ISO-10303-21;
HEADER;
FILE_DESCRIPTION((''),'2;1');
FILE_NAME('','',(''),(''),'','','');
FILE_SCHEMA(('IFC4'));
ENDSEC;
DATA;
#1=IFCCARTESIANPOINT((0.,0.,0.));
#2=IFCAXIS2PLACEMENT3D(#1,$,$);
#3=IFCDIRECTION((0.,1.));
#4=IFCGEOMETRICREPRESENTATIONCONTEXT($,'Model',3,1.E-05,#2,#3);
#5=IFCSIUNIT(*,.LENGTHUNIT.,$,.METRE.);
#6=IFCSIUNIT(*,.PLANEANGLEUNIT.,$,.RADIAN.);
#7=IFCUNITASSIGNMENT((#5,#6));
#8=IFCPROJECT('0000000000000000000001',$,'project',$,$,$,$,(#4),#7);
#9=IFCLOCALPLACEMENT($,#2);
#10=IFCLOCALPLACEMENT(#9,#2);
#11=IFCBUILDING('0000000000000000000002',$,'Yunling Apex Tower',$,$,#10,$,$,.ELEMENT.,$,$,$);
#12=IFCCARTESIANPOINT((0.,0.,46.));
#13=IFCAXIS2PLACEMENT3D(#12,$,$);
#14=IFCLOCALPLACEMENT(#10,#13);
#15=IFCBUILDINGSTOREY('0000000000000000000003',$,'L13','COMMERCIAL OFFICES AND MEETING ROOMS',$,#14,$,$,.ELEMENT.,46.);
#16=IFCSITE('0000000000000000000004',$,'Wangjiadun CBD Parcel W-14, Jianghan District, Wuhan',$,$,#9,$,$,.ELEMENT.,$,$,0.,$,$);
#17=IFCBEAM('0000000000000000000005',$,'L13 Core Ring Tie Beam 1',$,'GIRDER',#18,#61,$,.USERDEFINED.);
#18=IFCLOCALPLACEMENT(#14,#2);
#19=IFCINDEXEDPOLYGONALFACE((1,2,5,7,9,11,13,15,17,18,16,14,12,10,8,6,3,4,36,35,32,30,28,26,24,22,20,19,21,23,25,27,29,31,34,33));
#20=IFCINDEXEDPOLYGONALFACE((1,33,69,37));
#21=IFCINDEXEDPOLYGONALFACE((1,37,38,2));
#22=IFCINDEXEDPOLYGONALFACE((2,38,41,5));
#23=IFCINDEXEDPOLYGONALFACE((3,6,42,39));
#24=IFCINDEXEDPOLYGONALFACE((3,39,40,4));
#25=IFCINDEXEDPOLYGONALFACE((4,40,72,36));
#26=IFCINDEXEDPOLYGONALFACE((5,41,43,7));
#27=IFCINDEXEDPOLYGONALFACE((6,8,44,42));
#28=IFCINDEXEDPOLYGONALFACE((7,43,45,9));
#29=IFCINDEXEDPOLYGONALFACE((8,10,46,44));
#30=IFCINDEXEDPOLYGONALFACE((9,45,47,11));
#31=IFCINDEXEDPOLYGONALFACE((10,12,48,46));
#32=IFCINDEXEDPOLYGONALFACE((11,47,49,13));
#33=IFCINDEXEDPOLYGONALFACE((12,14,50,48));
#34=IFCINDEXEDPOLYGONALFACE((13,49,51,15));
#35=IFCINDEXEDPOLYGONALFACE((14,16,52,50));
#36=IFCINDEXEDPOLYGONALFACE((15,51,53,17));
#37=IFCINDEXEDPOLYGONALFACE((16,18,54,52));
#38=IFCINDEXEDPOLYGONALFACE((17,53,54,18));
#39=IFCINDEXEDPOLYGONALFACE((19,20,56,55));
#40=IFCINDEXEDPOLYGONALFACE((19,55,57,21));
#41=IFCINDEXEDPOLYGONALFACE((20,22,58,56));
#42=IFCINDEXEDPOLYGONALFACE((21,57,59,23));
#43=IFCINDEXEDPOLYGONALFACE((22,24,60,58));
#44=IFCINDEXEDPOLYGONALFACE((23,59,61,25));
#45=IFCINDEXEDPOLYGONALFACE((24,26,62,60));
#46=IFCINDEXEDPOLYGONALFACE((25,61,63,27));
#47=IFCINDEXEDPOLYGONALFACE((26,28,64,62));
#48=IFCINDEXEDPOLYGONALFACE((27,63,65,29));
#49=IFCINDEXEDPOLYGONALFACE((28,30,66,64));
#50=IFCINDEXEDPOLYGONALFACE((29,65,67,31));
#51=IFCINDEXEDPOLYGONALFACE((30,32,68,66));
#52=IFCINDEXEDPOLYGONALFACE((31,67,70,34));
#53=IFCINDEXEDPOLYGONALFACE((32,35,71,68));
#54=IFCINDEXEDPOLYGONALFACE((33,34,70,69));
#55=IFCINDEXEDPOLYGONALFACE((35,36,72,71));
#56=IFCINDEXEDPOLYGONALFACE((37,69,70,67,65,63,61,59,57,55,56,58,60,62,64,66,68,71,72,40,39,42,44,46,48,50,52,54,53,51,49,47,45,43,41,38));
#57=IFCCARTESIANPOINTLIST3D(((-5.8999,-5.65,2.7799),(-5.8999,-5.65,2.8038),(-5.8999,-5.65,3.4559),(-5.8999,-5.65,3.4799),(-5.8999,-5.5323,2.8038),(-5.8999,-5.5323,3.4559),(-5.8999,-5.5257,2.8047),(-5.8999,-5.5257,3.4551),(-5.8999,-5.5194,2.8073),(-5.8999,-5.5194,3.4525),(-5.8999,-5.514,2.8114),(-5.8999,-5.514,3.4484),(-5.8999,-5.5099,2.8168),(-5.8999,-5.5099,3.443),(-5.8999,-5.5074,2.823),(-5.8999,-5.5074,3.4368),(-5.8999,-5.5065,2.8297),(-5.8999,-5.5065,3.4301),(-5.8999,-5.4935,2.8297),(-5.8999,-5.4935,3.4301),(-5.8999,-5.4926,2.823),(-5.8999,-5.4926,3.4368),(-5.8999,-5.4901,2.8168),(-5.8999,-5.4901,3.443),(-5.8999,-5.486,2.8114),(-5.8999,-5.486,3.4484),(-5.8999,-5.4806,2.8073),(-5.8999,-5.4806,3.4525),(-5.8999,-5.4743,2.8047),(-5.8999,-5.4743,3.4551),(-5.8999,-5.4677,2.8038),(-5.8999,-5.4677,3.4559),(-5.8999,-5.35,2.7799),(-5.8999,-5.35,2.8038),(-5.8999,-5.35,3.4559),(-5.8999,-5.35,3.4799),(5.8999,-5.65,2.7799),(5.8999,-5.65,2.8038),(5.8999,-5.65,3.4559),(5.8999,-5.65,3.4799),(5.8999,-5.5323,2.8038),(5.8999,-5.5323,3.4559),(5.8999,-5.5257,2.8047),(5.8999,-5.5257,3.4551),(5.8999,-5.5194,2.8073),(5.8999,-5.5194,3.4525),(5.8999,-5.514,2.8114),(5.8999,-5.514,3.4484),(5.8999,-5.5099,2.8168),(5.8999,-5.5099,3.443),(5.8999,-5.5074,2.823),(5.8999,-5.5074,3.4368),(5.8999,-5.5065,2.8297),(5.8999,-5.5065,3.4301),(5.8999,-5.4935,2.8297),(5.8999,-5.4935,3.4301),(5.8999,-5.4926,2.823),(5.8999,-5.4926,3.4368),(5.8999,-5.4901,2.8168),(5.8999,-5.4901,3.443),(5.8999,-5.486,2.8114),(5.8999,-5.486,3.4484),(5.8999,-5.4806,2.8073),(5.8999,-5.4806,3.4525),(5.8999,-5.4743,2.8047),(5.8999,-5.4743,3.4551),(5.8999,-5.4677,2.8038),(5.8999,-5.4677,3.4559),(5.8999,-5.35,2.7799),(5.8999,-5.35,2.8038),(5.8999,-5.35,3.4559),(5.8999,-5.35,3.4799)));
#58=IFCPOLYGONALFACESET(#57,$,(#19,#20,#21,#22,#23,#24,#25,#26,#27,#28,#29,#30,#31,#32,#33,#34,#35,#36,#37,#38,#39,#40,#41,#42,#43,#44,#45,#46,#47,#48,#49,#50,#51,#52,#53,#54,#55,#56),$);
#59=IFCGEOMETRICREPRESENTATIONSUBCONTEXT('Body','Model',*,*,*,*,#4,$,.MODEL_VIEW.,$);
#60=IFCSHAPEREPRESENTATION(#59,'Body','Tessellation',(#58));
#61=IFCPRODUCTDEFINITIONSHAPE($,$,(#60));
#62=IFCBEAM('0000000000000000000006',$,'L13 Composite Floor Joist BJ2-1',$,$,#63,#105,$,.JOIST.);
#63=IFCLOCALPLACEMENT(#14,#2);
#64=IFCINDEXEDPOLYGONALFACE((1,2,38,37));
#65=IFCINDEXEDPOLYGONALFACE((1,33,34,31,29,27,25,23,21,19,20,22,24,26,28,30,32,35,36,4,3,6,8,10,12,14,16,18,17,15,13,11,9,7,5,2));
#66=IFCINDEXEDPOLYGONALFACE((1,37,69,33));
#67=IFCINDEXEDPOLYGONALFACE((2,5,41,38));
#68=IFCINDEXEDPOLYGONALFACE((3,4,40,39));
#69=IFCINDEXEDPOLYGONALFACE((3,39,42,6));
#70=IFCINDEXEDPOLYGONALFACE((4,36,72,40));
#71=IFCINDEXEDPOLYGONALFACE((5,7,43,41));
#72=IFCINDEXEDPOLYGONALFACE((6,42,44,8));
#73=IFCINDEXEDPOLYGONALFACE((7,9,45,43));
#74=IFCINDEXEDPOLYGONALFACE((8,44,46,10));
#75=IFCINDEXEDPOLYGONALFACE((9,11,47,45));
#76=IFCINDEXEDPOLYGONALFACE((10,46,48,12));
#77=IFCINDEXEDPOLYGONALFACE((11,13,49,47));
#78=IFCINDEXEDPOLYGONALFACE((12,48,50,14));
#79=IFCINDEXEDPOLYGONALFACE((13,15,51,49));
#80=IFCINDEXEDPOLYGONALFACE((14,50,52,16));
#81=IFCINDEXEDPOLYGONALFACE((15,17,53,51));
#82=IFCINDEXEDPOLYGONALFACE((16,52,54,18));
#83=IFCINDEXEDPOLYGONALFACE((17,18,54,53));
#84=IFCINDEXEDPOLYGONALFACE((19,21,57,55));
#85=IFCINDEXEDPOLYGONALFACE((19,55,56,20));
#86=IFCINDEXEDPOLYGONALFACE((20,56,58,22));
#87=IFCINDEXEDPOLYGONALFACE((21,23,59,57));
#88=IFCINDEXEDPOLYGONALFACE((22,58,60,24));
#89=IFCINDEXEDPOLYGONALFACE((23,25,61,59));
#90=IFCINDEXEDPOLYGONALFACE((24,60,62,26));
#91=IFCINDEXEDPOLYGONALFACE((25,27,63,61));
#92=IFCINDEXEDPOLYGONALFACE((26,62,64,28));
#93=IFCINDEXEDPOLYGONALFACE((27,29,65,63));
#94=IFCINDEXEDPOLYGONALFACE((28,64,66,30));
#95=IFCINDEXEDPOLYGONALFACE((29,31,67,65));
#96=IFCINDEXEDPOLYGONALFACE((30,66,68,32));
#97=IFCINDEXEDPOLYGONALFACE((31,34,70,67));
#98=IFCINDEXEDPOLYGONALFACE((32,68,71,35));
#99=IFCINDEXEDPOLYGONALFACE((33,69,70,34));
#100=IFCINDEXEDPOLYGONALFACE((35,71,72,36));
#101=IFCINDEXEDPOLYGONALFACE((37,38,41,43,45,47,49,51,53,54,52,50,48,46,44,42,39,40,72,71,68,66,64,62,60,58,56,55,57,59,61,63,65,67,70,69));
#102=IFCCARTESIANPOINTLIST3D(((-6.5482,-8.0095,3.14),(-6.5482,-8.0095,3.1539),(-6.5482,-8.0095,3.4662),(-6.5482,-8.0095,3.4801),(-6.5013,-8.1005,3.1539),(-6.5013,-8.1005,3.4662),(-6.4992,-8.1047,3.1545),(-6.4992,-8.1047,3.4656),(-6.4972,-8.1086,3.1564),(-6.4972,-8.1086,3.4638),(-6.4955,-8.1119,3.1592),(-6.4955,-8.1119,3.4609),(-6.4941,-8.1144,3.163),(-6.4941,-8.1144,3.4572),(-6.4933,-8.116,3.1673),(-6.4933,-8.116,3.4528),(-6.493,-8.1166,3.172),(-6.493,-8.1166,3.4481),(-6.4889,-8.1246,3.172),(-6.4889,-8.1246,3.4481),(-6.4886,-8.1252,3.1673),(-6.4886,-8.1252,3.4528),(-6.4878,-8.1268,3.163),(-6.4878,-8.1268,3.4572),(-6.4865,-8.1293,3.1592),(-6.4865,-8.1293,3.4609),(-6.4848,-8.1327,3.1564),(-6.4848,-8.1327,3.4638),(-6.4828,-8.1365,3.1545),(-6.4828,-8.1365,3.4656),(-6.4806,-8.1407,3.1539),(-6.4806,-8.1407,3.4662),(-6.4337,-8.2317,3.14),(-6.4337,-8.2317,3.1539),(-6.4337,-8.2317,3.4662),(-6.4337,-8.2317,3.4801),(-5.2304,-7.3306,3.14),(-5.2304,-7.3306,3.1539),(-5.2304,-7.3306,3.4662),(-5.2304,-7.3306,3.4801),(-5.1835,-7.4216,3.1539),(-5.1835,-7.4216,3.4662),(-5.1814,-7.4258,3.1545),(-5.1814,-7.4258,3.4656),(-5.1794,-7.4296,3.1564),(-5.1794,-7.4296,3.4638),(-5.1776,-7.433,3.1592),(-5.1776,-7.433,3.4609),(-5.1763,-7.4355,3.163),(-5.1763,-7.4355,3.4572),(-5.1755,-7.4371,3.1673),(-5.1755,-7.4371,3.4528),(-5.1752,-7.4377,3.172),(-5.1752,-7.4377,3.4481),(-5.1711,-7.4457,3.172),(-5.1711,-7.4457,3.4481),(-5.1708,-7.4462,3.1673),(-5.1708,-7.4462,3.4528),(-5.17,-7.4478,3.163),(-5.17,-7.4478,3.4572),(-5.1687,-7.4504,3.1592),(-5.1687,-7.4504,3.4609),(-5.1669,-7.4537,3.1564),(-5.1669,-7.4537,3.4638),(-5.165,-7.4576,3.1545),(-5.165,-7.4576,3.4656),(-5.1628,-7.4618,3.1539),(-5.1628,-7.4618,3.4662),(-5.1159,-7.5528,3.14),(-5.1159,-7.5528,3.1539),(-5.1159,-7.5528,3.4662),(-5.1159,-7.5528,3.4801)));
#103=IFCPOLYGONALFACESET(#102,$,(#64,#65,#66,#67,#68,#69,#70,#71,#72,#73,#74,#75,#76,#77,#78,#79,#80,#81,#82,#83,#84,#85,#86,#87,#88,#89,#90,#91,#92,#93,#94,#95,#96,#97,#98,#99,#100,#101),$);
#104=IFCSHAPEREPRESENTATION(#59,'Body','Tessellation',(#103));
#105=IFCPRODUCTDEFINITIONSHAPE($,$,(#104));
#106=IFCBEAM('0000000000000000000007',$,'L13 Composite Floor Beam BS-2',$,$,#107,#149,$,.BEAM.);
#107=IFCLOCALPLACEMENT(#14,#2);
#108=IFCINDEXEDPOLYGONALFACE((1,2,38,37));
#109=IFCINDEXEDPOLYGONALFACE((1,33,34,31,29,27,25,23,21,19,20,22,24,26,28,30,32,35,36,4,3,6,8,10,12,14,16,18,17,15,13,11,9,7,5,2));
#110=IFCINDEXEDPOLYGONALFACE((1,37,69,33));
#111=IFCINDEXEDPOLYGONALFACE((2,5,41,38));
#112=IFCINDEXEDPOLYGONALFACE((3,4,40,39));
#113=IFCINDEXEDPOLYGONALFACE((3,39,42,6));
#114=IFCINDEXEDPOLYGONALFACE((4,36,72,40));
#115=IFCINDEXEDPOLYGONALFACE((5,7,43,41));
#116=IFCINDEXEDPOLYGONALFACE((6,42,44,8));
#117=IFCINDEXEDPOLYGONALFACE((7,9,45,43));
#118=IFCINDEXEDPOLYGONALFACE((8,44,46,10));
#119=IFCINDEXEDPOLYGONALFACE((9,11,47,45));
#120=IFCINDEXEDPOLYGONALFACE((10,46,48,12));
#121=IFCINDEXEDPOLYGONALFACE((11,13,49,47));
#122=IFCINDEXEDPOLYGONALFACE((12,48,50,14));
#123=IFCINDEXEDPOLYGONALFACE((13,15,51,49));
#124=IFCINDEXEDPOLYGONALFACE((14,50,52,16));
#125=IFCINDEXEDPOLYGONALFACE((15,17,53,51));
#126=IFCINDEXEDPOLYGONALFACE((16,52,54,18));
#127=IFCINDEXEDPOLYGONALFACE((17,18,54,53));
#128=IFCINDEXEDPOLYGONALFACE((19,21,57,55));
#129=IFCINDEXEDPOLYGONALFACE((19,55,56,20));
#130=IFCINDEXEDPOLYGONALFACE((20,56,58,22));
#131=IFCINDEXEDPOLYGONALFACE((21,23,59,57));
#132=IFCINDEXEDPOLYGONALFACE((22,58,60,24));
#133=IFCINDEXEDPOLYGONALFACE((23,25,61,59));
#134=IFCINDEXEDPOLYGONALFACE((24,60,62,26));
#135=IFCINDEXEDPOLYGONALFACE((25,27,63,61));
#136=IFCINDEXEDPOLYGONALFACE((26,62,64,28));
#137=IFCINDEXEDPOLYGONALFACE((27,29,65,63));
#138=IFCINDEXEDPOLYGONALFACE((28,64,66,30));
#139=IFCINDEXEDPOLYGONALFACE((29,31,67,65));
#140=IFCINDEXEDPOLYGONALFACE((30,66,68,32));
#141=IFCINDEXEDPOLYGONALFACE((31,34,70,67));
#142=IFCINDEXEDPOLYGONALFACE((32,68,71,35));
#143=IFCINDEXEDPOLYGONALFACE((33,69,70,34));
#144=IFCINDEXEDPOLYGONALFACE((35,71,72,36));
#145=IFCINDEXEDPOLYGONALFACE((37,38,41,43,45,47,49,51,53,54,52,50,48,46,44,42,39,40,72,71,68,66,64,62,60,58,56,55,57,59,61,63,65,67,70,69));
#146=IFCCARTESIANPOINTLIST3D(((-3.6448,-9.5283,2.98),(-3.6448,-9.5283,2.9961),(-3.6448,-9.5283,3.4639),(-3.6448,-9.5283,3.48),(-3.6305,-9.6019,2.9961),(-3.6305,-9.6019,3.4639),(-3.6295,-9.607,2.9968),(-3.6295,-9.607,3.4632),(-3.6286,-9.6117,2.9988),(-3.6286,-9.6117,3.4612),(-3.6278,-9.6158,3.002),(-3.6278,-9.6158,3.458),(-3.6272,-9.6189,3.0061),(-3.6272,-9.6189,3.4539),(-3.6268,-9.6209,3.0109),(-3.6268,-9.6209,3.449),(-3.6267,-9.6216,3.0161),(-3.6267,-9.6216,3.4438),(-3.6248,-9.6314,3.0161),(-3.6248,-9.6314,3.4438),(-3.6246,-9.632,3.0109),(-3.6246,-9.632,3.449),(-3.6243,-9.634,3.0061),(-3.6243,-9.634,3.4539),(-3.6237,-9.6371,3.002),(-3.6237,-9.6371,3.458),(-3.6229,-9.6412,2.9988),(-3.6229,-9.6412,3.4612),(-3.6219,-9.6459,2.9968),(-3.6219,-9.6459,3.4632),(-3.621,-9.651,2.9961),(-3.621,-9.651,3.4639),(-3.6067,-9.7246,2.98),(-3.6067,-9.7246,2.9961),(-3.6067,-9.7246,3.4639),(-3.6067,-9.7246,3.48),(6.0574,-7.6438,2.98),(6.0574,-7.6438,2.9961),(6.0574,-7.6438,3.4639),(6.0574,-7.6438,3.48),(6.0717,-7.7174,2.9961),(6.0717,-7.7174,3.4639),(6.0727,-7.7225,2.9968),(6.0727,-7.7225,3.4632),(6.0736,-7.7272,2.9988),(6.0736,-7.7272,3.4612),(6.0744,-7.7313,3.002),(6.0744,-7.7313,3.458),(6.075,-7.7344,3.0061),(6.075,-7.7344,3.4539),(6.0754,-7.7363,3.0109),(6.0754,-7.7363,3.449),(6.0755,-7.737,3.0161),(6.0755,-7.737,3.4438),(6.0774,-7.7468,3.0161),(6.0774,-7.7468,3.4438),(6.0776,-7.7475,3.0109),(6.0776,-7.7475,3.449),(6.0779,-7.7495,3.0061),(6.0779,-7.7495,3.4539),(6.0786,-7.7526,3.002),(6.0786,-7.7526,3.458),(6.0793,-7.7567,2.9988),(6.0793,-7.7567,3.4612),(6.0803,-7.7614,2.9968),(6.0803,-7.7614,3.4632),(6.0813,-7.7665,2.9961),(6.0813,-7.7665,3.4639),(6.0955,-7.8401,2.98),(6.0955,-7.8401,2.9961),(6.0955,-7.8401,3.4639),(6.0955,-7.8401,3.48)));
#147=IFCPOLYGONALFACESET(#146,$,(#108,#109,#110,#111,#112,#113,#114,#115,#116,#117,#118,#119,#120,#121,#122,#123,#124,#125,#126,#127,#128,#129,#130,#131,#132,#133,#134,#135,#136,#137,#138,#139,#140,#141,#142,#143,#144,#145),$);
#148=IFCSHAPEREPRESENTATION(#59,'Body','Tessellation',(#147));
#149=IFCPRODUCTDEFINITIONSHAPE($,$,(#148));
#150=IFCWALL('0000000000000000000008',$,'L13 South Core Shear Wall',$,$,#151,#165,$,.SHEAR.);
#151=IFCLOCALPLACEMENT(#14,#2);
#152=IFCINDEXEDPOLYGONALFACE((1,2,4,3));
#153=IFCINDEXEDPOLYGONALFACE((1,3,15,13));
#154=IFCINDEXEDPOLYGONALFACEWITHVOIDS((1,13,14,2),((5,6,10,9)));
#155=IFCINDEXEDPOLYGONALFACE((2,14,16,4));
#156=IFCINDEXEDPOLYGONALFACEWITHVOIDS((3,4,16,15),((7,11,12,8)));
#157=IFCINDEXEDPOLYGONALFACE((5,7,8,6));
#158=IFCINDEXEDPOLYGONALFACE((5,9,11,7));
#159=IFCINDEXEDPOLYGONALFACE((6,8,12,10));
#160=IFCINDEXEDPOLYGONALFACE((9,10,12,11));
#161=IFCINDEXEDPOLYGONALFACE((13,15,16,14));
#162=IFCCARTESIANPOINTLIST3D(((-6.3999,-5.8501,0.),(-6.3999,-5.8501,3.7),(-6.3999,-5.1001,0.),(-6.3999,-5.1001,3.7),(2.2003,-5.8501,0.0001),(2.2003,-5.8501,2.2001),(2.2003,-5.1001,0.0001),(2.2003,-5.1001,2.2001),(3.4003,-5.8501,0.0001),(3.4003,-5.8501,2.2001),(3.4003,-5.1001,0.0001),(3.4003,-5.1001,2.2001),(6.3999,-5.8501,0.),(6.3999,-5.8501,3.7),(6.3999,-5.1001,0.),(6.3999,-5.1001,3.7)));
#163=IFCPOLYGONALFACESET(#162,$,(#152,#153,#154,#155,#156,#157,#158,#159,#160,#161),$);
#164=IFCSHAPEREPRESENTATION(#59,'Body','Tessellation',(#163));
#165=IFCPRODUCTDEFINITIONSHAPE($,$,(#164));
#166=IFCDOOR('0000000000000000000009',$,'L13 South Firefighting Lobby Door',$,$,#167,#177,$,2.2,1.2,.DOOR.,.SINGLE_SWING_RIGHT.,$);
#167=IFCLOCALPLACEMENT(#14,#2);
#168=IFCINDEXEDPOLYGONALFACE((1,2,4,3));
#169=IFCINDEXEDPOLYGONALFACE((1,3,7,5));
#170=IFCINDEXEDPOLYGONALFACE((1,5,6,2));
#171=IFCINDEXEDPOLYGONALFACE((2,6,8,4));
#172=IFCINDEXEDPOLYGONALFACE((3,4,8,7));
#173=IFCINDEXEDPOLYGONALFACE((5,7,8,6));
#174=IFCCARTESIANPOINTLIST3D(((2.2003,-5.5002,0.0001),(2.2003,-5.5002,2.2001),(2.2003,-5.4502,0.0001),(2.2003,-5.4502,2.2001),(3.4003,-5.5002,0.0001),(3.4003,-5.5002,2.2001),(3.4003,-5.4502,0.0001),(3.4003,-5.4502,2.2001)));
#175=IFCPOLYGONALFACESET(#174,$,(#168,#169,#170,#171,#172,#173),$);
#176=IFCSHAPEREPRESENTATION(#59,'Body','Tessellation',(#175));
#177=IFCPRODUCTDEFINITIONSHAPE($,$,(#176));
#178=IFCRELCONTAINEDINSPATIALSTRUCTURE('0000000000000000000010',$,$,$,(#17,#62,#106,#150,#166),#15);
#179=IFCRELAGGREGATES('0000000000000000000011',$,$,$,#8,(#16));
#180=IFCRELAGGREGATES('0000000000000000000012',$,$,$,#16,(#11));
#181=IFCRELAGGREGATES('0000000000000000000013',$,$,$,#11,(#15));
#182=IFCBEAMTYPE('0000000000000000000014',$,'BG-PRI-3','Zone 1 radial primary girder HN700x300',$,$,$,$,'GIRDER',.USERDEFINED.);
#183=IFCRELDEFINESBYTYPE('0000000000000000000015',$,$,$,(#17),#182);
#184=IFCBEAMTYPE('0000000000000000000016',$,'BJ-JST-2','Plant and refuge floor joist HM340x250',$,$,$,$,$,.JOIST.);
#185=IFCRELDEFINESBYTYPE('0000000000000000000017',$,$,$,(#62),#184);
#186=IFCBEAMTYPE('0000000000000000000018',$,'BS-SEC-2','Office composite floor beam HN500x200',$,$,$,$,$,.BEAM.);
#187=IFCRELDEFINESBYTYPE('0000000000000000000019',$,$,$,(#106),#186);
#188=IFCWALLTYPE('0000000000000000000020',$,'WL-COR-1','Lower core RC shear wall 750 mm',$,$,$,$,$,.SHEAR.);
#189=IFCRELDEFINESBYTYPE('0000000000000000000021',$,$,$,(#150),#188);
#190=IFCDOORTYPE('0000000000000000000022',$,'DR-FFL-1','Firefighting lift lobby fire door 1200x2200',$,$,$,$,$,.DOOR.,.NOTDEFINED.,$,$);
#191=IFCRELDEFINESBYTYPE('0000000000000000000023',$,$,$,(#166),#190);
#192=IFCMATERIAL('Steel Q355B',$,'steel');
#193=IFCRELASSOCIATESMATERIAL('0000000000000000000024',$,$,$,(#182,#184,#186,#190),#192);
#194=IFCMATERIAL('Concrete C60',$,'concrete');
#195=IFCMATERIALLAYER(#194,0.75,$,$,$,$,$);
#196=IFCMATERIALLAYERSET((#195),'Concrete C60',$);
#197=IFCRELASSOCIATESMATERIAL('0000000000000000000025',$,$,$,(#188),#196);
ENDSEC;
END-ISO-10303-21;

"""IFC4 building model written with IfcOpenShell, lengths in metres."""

from ifc_helpers import new_model, si_unit, direction, frame, frame_2d, origin, origin_2d, place, context, subcontext, project, spatial, rectangle, i_section, extrude, source, transform, mapped, material, layer, layer_set, material_profile, profile_set, type_object, element, fill, save


model = new_model("IFC4")

# Units and contexts
model_context = context("Model", 3, precision=1e-05, world=origin(), true_north=direction((0.0, 1.0)))
body_context = subcontext(model_context, "Body", "Model", "MODEL_VIEW")
ifc_project = project(units=[si_unit("LENGTHUNIT", "METRE"), si_unit("PLANEANGLEUNIT", "RADIAN")], contexts=[model_context])

# Site, building, storey
site_placement = place(None, origin())
site = spatial("IfcSite", under=ifc_project, at=site_placement, Name="Wangjiadun CBD Parcel W-14, Jianghan District, Wuhan", CompositionType="ELEMENT", RefElevation=0.0)
building_placement = place(site_placement, origin())
building = spatial("IfcBuilding", under=site, at=building_placement, Name="Yunling Apex Tower", CompositionType="ELEMENT")
storey_placement = place(building_placement, frame((0.0, 0.0, 46.0)))
storey = spatial("IfcBuildingStorey", under=building, at=storey_placement, Name="L13", Description="COMMERCIAL OFFICES AND MEETING ROOMS", CompositionType="ELEMENT", Elevation=46.0)

# Shared definitions
ifc_material_1 = material(Name="Concrete C60", Category="concrete")

# Beams
ifc_material_2 = material(Name="Steel Q355B", Category="steel")
ifc_material_profile_1 = material_profile(ifc_material_2, i_section(OverallWidth=0.3, OverallDepth=0.7, WebThickness=0.0129, FlangeThickness=0.0239, FilletRadius=0.0259, at=origin_2d()))
ifc_profile_set_1 = profile_set([ifc_material_profile_1], Name="Steel Q355B")
beam_type_1 = type_object("IfcBeamType", Name="BG-PRI-3", Description="Zone 1 radial primary girder HN700x300", ElementType="GIRDER", PredefinedType="USERDEFINED", material=ifc_profile_set_1)
shared_shape_1 = source(origin(), body_context, "Body", "SweptSolid", [
    extrude(i_section(OverallWidth=0.3, OverallDepth=0.7, WebThickness=0.0129, FlangeThickness=0.0239, FilletRadius=0.0259, at=origin_2d()), origin(), (0.0, 0.0, 1.0), 11.7998),
])
beam_1_placement = place(storey_placement, frame((-5.8999, -5.5, 3.1299), z_axis=(1.0, 0.0, 0.0), x_axis=(0.0, 1.0, 0.0)))
element("IfcBeam", 1, at=beam_1_placement, inside=storey, type_object=beam_type_1, Name="L13 Core Ring Tie Beam 1", ObjectType="GIRDER", PredefinedType="USERDEFINED", context=body_context, shape_type="MappedRepresentation", body=[
    mapped(shared_shape_1, transform((0.0, 0.0, 0.0), scale=1.0)),
])
ifc_material_profile_2 = material_profile(ifc_material_2, i_section(OverallWidth=0.25, OverallDepth=0.3401, WebThickness=0.009, FlangeThickness=0.0139, FilletRadius=0.0181, at=origin_2d()))
ifc_profile_set_2 = profile_set([ifc_material_profile_2], Name="Steel Q355B")
beam_type_2 = type_object("IfcBeamType", Name="BJ-JST-2", Description="Plant and refuge floor joist HM340x250", PredefinedType="JOIST", material=ifc_profile_set_2)
shared_shape_2 = source(origin(), body_context, "Body", "SweptSolid", [
    extrude(i_section(OverallWidth=0.25, OverallDepth=0.3401, WebThickness=0.009, FlangeThickness=0.0139, FilletRadius=0.0181, at=origin_2d()), origin(), (0.0, 0.0, 1.0), 1.4824),
])
beam_2_placement = place(storey_placement, frame((-6.491, -8.1206, 3.3101), z_axis=(0.88896, 0.457984, 0.0), x_axis=(-0.457984, 0.88896, 0.0)))
element("IfcBeam", 2, at=beam_2_placement, inside=storey, type_object=beam_type_2, Name="L13 Composite Floor Joist BJ2-1", PredefinedType="JOIST", context=body_context, shape_type="MappedRepresentation", body=[
    mapped(shared_shape_2, transform((0.0, 0.0, 0.0), scale=1.0)),
])
ifc_material_profile_3 = material_profile(ifc_material_2, i_section(OverallWidth=0.2, OverallDepth=0.5, WebThickness=0.01, FlangeThickness=0.0161, FilletRadius=0.02, at=origin_2d()))
ifc_profile_set_3 = profile_set([ifc_material_profile_3], Name="Steel Q355B")
beam_type_3 = type_object("IfcBeamType", Name="BS-SEC-2", Description="Office composite floor beam HN500x200", PredefinedType="BEAM", material=ifc_profile_set_3)
shared_shape_3 = source(origin(), body_context, "Body", "SweptSolid", [
    extrude(i_section(OverallWidth=0.2, OverallDepth=0.5, WebThickness=0.01, FlangeThickness=0.0161, FilletRadius=0.02, at=origin_2d()), origin(), (0.0, 0.0, 1.0), 9.8835),
])
beam_3_placement = place(storey_placement, frame((-3.6257, -9.6265, 3.23), z_axis=(0.981653, 0.190674, 0.0), x_axis=(-0.190674, 0.981653, 0.0)))
element("IfcBeam", 3, at=beam_3_placement, inside=storey, type_object=beam_type_3, Name="L13 Composite Floor Beam BS-2", PredefinedType="BEAM", context=body_context, shape_type="MappedRepresentation", body=[
    mapped(shared_shape_3, transform((0.0, 0.0, 0.0), scale=1.0)),
])

# Wall, opening, door
ifc_layer_1 = layer(ifc_material_1, 0.75)
ifc_layer_set_1 = layer_set([ifc_layer_1], Name="Concrete C60")
wall_type_1 = type_object("IfcWallType", Name="WL-COR-1", Description="Lower core RC shear wall 750 mm", PredefinedType="SHEAR", material=ifc_layer_set_1)
wall_1_placement = place(storey_placement, frame((-6.3999, -5.4751, 0.0), z_axis=(0.0, 0.0, 1.0), x_axis=(1.0, 0.0, 0.0)))
wall_1 = element("IfcWall", 4, at=wall_1_placement, inside=storey, type_object=wall_type_1, Name="L13 South Core Shear Wall", PredefinedType="SHEAR", context=body_context, shape_type="SweptSolid", body=[
    extrude(rectangle(XDim=12.7998, YDim=0.75, at=frame_2d((6.3999, 0.0))), origin(), (0.0, 0.0, 1.0), 3.7),
])
opening_placement = place(wall_1_placement, frame((8.6001, 0.0, 0.0)))
opening = element("IfcOpeningElement", 5, at=opening_placement, cuts=wall_1, PredefinedType="OPENING", context=body_context, shape_type="SweptSolid", body=[
    extrude(rectangle(XDim=1.2, YDim=2.2, at=frame_2d((0.6001, 1.1001))), frame((0.0, 0.385, 0.0), z_axis=(0.0, -1.0, 0.0), x_axis=(1.0, 0.0, 0.0)), (0.0, 0.0, 1.0), 0.77),
])
door_type = type_object("IfcDoorType", Name="DR-FFL-1", Description="Firefighting lift lobby fire door 1200x2200", OperationType="NOTDEFINED", PredefinedType="DOOR", material=ifc_material_2)
door_placement = place(opening_placement, origin())
door = element("IfcDoor", 6, at=door_placement, inside=storey, type_object=door_type, Name="L13 South Firefighting Lobby Door", OperationType="SINGLE_SWING_RIGHT", OverallHeight=2.2, OverallWidth=1.2, PredefinedType="DOOR", context=body_context, shape_type="SweptSolid", body=[
    extrude(rectangle(XDim=1.2, YDim=2.2, at=frame_2d((0.6001, 1.1001))), frame((0.0, 0.0249, 0.0), z_axis=(0.0, -1.0, 0.0), x_axis=(1.0, 0.0, 0.0)), (0.0, 0.0, 1.0), 0.05),
])
fill(opening, door)

save(model, "model.ifc")
